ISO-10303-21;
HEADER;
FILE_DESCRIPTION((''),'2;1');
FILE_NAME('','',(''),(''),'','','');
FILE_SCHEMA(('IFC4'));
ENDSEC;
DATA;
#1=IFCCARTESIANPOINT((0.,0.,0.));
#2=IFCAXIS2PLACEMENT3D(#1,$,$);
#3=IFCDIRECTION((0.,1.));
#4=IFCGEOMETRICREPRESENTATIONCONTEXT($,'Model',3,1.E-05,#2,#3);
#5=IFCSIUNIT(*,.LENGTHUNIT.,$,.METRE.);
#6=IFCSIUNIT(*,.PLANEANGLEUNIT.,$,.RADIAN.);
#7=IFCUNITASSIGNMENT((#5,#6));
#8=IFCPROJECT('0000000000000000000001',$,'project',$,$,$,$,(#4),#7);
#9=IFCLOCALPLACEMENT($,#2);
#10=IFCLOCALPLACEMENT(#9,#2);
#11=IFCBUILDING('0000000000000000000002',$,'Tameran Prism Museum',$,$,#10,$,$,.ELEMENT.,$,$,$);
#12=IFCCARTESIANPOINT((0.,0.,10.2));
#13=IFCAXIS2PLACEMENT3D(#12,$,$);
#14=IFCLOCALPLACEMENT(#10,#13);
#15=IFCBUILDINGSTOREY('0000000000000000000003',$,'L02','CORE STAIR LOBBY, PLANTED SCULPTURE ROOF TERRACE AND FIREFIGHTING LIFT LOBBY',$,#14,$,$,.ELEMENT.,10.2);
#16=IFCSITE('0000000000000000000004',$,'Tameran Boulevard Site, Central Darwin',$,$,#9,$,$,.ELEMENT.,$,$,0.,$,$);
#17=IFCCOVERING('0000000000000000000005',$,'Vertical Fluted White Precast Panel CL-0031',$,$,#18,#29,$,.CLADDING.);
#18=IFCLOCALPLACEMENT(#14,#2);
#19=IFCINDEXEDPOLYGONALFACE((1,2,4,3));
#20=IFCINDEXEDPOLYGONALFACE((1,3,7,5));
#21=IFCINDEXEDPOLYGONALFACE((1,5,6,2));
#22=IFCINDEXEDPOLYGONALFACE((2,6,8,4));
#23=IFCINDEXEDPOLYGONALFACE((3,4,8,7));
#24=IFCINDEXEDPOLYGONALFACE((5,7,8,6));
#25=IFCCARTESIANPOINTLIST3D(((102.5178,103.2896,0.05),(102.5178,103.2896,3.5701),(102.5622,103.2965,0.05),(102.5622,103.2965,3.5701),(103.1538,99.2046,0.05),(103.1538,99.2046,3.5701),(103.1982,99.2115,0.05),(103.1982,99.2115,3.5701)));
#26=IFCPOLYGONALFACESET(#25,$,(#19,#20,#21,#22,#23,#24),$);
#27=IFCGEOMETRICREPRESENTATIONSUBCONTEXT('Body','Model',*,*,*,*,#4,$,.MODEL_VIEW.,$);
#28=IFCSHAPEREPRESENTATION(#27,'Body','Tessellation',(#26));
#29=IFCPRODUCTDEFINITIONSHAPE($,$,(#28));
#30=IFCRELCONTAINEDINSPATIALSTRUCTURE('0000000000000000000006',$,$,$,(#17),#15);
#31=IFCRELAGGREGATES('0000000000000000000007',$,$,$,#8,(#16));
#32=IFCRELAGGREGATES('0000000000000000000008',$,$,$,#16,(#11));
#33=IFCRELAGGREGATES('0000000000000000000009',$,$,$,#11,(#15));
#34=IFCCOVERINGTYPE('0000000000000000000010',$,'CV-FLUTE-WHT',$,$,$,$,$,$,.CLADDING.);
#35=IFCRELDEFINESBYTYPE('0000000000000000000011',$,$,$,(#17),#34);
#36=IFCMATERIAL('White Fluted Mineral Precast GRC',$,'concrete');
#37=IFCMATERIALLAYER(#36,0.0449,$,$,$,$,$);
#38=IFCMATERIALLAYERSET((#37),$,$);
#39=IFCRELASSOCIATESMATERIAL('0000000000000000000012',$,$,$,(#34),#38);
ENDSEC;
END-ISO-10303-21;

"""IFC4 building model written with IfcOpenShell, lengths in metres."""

from ifc_helpers import new_model, si_unit, direction, frame, frame_2d, origin, place, context, subcontext, project, spatial, rectangle, extrude, material, layer, layer_set, type_object, element, save


model = new_model("IFC4")

# Units and contexts
model_context = context("Model", 3, precision=1e-05, world=origin(), true_north=direction((0.0, 1.0)))
body_context = subcontext(model_context, "Body", "Model", "MODEL_VIEW")
ifc_project = project(units=[si_unit("LENGTHUNIT", "METRE"), si_unit("PLANEANGLEUNIT", "RADIAN")], contexts=[model_context])

# Site, building, storey
site_placement = place(None, origin())
site = spatial("IfcSite", under=ifc_project, at=site_placement, Name="Tameran Boulevard Site, Central Darwin", CompositionType="ELEMENT", RefElevation=0.0)
building_placement = place(site_placement, origin())
building = spatial("IfcBuilding", under=site, at=building_placement, Name="Tameran Prism Museum", CompositionType="ELEMENT")
storey_placement = place(building_placement, frame((0.0, 0.0, 10.2)))
storey = spatial("IfcBuildingStorey", under=building, at=storey_placement, Name="L02", Description="CORE STAIR LOBBY, PLANTED SCULPTURE ROOF TERRACE AND FIREFIGHTING LIFT LOBBY", CompositionType="ELEMENT", Elevation=10.2)

# Covering
ifc_material_1 = material(Name="White Fluted Mineral Precast GRC", Category="concrete")
ifc_layer_1 = layer(ifc_material_1, 0.0449)
ifc_layer_set_1 = layer_set([ifc_layer_1])
covering_type = type_object("IfcCoveringType", Name="CV-FLUTE-WHT", PredefinedType="CLADDING", material=ifc_layer_set_1)
covering_placement = place(storey_placement, frame((103.176, 99.208, 0.05), z_axis=(0.0, 0.0, 1.0), x_axis=(-0.153836, 0.988096, 0.0)))
element("IfcCovering", 1, at=covering_placement, inside=storey, type_object=covering_type, Name="Vertical Fluted White Precast Panel CL-0031", PredefinedType="CLADDING", context=body_context, shape_type="SweptSolid", body=[
    extrude(rectangle(XDim=4.1343, YDim=0.0449, at=frame_2d((2.0671, 0.0))), origin(), (0.0, 0.0, 1.0), 3.52),
])

save(model, "model.ifc")
